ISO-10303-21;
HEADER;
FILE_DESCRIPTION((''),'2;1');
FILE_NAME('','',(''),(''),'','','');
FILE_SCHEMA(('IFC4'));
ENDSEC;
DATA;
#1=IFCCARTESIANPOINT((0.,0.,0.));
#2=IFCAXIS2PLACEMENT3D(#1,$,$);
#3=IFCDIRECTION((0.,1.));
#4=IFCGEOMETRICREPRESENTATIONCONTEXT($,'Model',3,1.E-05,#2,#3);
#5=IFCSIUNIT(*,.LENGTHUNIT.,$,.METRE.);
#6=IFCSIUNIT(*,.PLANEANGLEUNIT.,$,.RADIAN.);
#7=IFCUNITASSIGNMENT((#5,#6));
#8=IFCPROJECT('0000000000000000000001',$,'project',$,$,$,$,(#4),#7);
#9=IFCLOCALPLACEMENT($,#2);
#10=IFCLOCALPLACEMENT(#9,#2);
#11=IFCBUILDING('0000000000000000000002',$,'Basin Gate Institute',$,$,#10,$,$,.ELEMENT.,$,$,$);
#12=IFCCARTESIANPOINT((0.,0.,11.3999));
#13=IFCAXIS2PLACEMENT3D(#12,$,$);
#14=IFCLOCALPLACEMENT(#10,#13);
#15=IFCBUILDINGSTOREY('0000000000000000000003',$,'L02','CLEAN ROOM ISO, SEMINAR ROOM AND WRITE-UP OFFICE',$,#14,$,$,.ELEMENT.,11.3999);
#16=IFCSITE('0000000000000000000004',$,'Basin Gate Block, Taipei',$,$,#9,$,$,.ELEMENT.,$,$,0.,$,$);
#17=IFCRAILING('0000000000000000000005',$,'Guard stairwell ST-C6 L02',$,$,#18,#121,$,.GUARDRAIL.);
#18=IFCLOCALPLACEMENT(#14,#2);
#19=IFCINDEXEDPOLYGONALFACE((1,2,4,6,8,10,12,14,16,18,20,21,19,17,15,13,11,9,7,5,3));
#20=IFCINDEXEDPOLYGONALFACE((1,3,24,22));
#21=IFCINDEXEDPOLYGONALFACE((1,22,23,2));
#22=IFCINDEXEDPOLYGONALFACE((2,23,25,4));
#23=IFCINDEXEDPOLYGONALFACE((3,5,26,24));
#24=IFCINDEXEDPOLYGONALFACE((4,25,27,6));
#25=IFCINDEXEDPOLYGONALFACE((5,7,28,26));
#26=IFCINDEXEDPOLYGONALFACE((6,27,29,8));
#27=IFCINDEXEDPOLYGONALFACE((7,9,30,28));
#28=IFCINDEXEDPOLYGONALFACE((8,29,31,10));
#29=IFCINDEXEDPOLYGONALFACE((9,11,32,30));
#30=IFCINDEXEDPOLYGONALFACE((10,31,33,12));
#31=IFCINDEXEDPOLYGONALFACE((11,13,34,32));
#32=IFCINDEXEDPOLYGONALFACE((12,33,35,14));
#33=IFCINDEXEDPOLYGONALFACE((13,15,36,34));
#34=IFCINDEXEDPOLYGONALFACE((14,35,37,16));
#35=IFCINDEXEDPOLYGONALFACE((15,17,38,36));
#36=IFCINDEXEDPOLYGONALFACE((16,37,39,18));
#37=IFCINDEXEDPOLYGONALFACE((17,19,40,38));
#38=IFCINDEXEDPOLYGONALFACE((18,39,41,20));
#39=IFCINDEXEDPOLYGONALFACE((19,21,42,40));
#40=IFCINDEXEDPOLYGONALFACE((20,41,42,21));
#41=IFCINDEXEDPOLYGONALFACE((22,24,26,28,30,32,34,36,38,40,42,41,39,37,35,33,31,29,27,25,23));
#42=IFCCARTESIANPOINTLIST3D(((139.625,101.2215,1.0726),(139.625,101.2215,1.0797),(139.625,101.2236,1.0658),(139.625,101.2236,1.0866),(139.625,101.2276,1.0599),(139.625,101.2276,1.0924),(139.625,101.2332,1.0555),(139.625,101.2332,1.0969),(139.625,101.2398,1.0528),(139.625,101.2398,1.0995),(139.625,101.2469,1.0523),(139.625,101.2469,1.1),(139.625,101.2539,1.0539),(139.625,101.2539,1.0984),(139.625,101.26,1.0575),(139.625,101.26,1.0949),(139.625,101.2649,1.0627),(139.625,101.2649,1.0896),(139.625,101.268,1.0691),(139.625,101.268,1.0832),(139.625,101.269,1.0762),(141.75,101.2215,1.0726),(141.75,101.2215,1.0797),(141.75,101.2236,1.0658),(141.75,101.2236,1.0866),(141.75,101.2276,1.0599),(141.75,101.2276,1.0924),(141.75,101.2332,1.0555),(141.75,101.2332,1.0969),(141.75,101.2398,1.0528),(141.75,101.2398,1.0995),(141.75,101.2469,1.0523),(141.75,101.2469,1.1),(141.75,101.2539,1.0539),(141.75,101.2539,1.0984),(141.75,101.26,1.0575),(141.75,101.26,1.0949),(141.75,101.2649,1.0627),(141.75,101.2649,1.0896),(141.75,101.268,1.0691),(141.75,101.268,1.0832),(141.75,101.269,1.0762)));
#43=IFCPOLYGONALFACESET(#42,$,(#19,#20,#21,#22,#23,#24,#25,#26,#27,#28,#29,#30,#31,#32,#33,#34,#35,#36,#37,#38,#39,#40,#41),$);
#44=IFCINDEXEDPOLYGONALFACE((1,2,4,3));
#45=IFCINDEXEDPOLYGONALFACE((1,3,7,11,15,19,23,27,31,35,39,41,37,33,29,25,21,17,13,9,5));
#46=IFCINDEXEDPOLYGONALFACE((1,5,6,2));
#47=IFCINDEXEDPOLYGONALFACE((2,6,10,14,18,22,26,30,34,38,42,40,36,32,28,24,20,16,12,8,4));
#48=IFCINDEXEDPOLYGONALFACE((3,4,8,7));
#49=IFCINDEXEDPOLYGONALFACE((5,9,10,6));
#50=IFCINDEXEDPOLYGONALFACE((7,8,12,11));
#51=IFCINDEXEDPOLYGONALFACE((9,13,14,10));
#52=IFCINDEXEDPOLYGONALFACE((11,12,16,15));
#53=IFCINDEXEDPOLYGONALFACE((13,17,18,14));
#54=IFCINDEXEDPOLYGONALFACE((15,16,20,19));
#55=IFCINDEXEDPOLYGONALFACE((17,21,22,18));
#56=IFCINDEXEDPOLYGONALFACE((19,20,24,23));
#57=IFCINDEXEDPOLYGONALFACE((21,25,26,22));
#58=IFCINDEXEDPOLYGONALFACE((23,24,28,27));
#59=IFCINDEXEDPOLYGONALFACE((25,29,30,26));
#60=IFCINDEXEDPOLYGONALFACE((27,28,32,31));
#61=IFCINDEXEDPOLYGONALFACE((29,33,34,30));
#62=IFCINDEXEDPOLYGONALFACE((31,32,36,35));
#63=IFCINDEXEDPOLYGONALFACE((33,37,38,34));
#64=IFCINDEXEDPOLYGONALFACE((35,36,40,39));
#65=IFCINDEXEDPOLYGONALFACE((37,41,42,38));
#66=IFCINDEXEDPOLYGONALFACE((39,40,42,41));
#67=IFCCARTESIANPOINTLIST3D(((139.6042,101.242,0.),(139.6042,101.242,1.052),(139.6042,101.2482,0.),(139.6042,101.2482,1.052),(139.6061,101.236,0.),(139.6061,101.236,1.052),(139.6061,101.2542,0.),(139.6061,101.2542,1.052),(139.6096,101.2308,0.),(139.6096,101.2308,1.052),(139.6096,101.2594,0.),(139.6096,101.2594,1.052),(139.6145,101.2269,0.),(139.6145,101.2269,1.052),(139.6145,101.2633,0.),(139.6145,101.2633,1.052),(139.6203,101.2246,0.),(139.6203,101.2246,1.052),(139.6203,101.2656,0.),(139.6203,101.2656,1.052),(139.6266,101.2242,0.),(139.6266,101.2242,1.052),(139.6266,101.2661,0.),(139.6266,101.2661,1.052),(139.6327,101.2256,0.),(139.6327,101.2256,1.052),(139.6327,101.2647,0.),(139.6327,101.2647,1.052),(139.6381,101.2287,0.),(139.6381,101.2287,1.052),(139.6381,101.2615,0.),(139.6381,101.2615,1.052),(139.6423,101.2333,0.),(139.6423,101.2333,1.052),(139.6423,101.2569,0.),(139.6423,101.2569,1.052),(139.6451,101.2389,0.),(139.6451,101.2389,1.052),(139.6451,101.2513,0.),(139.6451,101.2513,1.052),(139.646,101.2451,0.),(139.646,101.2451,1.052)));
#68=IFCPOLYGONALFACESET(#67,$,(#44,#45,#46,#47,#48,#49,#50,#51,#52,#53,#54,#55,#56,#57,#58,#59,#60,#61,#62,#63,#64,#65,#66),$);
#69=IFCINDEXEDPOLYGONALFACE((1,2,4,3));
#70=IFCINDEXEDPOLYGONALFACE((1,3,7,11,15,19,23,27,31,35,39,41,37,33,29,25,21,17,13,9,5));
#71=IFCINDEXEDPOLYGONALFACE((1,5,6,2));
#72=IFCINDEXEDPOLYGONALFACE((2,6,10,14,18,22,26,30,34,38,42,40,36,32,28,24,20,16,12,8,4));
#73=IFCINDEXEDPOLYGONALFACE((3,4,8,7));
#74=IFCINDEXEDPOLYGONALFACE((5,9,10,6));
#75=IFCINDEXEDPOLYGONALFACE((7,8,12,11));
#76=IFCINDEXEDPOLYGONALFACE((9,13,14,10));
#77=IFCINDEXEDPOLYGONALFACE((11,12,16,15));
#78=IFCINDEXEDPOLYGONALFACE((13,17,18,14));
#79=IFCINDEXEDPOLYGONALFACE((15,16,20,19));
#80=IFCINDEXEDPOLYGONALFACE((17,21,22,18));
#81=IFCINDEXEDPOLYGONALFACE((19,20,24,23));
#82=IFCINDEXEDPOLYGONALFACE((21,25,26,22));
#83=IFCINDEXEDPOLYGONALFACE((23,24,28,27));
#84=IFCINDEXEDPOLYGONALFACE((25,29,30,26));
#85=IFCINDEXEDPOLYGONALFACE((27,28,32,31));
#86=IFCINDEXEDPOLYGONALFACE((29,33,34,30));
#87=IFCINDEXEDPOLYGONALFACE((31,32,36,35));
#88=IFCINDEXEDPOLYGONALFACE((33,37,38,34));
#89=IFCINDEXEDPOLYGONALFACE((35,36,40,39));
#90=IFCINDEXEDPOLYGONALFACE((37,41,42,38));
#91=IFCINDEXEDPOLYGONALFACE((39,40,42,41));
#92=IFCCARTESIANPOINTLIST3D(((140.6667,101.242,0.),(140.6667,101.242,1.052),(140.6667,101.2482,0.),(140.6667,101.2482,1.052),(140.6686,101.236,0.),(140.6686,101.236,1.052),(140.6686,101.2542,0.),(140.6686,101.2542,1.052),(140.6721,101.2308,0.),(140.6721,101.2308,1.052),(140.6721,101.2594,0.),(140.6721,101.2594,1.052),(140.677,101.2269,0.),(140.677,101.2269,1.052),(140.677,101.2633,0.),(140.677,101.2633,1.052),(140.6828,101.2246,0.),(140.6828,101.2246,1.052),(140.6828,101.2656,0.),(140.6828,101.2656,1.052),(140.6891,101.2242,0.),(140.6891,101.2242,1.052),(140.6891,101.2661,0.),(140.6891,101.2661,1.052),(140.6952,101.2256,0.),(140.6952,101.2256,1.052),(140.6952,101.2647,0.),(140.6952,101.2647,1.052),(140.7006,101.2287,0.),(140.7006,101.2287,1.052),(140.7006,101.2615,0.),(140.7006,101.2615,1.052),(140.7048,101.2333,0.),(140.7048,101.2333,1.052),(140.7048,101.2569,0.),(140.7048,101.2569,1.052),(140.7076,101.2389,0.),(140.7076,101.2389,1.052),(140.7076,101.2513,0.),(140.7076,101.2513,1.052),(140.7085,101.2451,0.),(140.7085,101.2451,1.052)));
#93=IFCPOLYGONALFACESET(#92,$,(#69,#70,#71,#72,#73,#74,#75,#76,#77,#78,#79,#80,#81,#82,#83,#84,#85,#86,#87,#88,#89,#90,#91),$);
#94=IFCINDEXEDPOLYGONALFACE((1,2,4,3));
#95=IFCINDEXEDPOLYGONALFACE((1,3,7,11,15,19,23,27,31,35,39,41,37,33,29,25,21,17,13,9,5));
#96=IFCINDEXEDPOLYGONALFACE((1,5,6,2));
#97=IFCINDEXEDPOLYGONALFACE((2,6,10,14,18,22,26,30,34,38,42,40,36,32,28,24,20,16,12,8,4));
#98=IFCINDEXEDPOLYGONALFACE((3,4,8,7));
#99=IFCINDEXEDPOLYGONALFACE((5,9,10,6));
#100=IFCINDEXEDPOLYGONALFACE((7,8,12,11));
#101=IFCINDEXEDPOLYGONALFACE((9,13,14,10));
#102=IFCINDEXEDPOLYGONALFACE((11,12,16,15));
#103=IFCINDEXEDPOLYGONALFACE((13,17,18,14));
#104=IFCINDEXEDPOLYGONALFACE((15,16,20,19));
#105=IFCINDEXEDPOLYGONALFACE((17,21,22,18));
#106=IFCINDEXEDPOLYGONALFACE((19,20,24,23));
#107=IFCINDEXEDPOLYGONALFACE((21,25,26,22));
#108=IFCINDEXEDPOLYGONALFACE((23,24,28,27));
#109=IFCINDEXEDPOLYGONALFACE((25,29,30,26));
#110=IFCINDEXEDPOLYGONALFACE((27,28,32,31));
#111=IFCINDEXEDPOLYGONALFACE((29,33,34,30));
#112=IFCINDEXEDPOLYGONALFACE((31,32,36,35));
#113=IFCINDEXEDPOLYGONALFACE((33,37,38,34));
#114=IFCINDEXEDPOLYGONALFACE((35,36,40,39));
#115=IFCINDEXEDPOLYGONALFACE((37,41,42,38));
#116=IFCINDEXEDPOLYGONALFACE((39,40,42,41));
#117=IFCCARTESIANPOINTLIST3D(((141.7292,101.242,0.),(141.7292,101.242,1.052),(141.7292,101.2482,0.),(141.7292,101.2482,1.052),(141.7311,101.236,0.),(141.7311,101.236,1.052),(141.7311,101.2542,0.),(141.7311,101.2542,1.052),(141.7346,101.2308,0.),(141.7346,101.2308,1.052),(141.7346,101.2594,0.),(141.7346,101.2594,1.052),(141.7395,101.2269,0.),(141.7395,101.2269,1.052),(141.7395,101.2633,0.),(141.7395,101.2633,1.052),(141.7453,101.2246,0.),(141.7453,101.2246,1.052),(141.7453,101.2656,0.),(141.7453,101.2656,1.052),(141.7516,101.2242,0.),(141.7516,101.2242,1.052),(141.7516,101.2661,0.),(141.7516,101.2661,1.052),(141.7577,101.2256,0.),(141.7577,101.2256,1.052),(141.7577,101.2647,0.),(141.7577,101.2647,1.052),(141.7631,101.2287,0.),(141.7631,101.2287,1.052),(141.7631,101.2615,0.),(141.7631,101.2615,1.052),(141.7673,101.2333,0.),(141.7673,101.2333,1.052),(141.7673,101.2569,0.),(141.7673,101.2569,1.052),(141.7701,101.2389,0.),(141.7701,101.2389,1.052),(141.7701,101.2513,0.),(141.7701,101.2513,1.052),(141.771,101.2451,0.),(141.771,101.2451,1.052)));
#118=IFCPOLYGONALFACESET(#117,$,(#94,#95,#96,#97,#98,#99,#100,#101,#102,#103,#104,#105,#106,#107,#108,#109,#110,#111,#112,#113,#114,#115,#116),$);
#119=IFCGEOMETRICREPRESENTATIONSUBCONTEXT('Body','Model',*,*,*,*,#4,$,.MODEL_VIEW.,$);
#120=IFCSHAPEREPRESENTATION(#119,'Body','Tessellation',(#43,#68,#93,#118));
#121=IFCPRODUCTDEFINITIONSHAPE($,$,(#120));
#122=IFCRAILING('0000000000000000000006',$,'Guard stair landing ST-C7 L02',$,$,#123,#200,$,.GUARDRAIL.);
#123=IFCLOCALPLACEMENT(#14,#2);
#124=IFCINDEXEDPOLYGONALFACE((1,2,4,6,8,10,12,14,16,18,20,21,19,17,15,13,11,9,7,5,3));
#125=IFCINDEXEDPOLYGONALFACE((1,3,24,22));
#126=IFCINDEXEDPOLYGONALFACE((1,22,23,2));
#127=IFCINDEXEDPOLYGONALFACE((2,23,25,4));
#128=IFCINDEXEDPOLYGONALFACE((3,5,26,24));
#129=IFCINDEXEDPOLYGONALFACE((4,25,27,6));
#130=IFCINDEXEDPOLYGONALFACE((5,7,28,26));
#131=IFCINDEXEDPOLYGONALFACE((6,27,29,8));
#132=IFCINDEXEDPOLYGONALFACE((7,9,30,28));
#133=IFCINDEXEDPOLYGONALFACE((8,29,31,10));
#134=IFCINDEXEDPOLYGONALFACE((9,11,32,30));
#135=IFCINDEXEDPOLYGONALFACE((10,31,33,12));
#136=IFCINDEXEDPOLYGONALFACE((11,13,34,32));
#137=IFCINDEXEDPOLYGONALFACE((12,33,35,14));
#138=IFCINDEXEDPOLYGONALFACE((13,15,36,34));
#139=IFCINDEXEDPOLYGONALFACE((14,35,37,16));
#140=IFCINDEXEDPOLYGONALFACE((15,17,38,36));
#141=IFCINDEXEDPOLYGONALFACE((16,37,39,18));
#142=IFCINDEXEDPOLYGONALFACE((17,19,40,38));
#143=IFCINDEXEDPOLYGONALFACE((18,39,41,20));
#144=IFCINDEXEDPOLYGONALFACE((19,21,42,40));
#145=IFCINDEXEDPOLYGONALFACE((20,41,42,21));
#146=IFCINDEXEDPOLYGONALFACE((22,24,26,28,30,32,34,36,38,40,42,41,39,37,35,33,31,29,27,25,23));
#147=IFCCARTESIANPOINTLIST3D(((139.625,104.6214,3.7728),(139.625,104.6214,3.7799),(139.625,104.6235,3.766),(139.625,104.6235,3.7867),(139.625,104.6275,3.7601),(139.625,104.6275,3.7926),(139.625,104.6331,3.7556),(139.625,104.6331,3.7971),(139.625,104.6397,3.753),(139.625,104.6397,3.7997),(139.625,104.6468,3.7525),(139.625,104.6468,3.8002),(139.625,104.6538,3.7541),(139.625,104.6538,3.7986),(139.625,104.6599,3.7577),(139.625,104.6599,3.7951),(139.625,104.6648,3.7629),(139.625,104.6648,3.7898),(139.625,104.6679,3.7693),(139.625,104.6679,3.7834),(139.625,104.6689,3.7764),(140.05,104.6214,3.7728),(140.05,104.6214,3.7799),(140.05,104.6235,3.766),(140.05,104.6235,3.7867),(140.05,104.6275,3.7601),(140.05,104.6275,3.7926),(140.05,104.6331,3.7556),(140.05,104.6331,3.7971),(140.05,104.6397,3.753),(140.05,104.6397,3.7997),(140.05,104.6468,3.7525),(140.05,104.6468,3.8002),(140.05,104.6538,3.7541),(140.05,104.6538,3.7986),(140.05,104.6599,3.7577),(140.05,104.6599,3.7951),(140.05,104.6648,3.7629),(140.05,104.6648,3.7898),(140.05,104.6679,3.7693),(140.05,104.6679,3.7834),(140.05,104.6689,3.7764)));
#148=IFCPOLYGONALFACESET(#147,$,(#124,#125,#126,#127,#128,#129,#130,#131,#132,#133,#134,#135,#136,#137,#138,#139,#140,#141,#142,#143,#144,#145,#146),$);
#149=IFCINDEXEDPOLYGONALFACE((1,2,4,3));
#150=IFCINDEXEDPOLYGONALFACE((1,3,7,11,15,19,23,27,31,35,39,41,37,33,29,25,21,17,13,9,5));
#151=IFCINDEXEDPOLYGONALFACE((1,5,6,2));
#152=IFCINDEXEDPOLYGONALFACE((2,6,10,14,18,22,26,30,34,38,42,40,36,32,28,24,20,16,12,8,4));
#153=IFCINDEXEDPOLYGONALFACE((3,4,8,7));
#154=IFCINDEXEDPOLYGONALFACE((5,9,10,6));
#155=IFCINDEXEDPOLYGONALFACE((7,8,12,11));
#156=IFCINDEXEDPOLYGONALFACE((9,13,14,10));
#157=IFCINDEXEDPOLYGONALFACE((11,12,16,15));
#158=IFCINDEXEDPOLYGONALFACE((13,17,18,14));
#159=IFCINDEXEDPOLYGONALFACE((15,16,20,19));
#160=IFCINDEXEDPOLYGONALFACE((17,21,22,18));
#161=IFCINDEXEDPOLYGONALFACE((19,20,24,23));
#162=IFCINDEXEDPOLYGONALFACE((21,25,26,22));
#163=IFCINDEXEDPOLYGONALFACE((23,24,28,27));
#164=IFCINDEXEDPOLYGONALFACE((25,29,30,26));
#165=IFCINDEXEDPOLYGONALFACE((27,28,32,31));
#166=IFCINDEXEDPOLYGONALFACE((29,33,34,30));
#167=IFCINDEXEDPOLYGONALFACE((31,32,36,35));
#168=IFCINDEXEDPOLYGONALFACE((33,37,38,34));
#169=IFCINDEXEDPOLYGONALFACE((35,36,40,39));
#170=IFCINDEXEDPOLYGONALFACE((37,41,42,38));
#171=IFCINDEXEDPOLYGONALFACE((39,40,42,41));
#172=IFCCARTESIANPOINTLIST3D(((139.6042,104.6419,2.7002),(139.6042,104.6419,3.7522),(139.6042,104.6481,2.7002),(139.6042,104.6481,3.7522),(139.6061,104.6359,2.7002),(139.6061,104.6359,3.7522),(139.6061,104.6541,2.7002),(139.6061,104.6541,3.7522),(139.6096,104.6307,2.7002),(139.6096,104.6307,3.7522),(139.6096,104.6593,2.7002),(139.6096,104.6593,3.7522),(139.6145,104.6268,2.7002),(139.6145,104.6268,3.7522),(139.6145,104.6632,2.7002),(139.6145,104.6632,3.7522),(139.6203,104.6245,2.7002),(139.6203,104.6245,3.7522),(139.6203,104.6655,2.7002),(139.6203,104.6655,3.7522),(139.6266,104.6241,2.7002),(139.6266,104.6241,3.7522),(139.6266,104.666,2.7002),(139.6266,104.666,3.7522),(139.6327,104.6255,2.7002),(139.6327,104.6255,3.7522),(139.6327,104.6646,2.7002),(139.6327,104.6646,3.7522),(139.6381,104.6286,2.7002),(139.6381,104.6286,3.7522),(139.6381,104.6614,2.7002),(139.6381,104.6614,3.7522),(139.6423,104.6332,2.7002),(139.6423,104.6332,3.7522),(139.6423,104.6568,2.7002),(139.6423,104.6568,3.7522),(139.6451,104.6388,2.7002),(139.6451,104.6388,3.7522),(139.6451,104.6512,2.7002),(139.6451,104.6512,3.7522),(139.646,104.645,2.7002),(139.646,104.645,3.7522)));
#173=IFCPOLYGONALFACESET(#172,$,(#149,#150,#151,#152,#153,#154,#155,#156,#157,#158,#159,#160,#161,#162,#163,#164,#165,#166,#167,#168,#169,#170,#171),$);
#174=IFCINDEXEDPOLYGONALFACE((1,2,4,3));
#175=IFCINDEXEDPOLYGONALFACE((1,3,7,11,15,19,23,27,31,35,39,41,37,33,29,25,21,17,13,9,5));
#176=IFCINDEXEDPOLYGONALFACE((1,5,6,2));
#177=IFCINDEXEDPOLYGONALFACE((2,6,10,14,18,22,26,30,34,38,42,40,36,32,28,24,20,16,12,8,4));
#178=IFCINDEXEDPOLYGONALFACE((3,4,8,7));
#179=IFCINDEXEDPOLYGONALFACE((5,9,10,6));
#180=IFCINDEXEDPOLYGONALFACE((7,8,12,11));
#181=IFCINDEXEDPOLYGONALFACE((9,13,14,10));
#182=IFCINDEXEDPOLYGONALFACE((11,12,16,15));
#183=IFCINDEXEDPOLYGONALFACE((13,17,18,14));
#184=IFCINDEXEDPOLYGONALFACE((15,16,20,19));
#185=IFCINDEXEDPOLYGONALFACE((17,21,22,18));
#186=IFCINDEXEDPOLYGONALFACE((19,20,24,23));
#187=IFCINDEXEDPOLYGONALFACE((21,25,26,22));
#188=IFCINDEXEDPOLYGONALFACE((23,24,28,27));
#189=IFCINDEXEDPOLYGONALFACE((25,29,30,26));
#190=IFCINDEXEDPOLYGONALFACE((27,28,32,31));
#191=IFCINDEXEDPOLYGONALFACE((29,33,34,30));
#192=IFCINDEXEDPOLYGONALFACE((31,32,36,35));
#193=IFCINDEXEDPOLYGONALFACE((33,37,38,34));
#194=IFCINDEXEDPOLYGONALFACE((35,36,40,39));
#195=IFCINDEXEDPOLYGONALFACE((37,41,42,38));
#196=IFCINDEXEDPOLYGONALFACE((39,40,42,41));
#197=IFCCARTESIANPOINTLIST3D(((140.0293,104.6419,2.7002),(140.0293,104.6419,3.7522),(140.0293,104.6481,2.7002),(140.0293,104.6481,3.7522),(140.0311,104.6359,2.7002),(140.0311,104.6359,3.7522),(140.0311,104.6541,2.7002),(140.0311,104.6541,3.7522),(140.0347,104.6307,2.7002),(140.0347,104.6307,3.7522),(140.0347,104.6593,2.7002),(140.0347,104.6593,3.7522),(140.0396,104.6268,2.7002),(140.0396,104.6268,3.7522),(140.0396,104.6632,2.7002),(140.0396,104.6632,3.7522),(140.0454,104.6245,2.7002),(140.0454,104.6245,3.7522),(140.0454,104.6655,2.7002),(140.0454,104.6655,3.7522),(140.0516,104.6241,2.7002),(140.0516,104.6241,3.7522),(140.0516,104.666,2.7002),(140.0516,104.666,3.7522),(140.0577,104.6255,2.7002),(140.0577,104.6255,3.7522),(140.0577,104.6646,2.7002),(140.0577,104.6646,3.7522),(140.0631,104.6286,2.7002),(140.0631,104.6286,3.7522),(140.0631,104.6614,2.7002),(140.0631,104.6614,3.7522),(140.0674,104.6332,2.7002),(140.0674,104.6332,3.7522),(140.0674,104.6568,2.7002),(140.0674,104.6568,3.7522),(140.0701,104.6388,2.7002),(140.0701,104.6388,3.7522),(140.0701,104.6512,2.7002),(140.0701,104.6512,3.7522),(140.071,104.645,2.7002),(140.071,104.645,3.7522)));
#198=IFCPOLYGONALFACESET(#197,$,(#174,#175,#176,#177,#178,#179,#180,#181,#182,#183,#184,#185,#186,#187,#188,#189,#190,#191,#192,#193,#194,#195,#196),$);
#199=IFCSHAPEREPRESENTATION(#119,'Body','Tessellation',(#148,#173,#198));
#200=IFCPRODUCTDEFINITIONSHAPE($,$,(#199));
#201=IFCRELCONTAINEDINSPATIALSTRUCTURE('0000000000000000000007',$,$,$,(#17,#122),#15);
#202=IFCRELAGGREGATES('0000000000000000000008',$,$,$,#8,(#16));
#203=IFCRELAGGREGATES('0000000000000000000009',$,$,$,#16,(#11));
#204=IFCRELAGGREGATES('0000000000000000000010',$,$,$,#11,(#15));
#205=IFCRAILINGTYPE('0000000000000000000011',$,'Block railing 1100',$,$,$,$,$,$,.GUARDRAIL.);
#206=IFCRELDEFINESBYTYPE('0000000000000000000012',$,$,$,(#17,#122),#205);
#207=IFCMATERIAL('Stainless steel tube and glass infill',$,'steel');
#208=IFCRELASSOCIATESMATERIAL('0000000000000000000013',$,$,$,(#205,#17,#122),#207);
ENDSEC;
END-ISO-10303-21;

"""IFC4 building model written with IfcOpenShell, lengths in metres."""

from ifc_helpers import new_model, si_unit, direction, frame, origin, origin_2d, place, context, subcontext, project, spatial, circle, extrude, material, type_object, element, save


model = new_model("IFC4")

# Units and contexts
model_context = context("Model", 3, precision=1e-05, world=origin(), true_north=direction((0.0, 1.0)))
body_context = subcontext(model_context, "Body", "Model", "MODEL_VIEW")
ifc_project = project(units=[si_unit("LENGTHUNIT", "METRE"), si_unit("PLANEANGLEUNIT", "RADIAN")], contexts=[model_context])

# Site, building, storey
site_placement = place(None, origin())
site = spatial("IfcSite", under=ifc_project, at=site_placement, Name="Basin Gate Block, Taipei", CompositionType="ELEMENT", RefElevation=0.0)
building_placement = place(site_placement, origin())
building = spatial("IfcBuilding", under=site, at=building_placement, Name="Basin Gate Institute", CompositionType="ELEMENT")
storey_placement = place(building_placement, frame((0.0, 0.0, 11.3999)))
storey = spatial("IfcBuildingStorey", under=building, at=storey_placement, Name="L02", Description="CLEAN ROOM ISO, SEMINAR ROOM AND WRITE-UP OFFICE", CompositionType="ELEMENT", Elevation=11.3999)

# Railings
ifc_material_1 = material(Name="Stainless steel tube and glass infill", Category="steel")
railing_type = type_object("IfcRailingType", Name="Block railing 1100", PredefinedType="GUARDRAIL", material=ifc_material_1)
railing_1_placement = place(storey_placement, frame((139.625, 101.2451, 0.0)))
element("IfcRailing", 1, at=railing_1_placement, inside=storey, type_object=railing_type, material=ifc_material_1, Name="Guard stairwell ST-C6 L02", PredefinedType="GUARDRAIL", context=body_context, shape_type="SweptSolid", body=[
    extrude(circle(Radius=0.0239, at=origin_2d()), frame((0.0, 0.0, 1.0762), z_axis=(1.0, 0.0, 0.0), x_axis=(0.0, 1.0, 0.0)), (0.0, 0.0, 1.0), 2.125),
    extrude(circle(Radius=0.021, at=origin_2d()), origin(), (0.0, 0.0, 1.0), 1.052),
    extrude(circle(Radius=0.021, at=origin_2d()), frame((1.0625, 0.0, 0.0)), (0.0, 0.0, 1.0), 1.052),
    extrude(circle(Radius=0.021, at=origin_2d()), frame((2.125, 0.0, 0.0)), (0.0, 0.0, 1.0), 1.052),
])
railing_2_placement = place(storey_placement, frame((139.625, 104.645, 2.7002)))
element("IfcRailing", 2, at=railing_2_placement, inside=storey, type_object=railing_type, material=ifc_material_1, Name="Guard stair landing ST-C7 L02", PredefinedType="GUARDRAIL", context=body_context, shape_type="SweptSolid", body=[
    extrude(circle(Radius=0.0239, at=origin_2d()), frame((0.0, 0.0, 1.0762), z_axis=(1.0, 0.0, 0.0), x_axis=(0.0, 1.0, 0.0)), (0.0, 0.0, 1.0), 0.425),
    extrude(circle(Radius=0.021, at=origin_2d()), origin(), (0.0, 0.0, 1.0), 1.052),
    extrude(circle(Radius=0.021, at=origin_2d()), frame((0.425, 0.0, 0.0)), (0.0, 0.0, 1.0), 1.052),
])

save(model, "model.ifc")
